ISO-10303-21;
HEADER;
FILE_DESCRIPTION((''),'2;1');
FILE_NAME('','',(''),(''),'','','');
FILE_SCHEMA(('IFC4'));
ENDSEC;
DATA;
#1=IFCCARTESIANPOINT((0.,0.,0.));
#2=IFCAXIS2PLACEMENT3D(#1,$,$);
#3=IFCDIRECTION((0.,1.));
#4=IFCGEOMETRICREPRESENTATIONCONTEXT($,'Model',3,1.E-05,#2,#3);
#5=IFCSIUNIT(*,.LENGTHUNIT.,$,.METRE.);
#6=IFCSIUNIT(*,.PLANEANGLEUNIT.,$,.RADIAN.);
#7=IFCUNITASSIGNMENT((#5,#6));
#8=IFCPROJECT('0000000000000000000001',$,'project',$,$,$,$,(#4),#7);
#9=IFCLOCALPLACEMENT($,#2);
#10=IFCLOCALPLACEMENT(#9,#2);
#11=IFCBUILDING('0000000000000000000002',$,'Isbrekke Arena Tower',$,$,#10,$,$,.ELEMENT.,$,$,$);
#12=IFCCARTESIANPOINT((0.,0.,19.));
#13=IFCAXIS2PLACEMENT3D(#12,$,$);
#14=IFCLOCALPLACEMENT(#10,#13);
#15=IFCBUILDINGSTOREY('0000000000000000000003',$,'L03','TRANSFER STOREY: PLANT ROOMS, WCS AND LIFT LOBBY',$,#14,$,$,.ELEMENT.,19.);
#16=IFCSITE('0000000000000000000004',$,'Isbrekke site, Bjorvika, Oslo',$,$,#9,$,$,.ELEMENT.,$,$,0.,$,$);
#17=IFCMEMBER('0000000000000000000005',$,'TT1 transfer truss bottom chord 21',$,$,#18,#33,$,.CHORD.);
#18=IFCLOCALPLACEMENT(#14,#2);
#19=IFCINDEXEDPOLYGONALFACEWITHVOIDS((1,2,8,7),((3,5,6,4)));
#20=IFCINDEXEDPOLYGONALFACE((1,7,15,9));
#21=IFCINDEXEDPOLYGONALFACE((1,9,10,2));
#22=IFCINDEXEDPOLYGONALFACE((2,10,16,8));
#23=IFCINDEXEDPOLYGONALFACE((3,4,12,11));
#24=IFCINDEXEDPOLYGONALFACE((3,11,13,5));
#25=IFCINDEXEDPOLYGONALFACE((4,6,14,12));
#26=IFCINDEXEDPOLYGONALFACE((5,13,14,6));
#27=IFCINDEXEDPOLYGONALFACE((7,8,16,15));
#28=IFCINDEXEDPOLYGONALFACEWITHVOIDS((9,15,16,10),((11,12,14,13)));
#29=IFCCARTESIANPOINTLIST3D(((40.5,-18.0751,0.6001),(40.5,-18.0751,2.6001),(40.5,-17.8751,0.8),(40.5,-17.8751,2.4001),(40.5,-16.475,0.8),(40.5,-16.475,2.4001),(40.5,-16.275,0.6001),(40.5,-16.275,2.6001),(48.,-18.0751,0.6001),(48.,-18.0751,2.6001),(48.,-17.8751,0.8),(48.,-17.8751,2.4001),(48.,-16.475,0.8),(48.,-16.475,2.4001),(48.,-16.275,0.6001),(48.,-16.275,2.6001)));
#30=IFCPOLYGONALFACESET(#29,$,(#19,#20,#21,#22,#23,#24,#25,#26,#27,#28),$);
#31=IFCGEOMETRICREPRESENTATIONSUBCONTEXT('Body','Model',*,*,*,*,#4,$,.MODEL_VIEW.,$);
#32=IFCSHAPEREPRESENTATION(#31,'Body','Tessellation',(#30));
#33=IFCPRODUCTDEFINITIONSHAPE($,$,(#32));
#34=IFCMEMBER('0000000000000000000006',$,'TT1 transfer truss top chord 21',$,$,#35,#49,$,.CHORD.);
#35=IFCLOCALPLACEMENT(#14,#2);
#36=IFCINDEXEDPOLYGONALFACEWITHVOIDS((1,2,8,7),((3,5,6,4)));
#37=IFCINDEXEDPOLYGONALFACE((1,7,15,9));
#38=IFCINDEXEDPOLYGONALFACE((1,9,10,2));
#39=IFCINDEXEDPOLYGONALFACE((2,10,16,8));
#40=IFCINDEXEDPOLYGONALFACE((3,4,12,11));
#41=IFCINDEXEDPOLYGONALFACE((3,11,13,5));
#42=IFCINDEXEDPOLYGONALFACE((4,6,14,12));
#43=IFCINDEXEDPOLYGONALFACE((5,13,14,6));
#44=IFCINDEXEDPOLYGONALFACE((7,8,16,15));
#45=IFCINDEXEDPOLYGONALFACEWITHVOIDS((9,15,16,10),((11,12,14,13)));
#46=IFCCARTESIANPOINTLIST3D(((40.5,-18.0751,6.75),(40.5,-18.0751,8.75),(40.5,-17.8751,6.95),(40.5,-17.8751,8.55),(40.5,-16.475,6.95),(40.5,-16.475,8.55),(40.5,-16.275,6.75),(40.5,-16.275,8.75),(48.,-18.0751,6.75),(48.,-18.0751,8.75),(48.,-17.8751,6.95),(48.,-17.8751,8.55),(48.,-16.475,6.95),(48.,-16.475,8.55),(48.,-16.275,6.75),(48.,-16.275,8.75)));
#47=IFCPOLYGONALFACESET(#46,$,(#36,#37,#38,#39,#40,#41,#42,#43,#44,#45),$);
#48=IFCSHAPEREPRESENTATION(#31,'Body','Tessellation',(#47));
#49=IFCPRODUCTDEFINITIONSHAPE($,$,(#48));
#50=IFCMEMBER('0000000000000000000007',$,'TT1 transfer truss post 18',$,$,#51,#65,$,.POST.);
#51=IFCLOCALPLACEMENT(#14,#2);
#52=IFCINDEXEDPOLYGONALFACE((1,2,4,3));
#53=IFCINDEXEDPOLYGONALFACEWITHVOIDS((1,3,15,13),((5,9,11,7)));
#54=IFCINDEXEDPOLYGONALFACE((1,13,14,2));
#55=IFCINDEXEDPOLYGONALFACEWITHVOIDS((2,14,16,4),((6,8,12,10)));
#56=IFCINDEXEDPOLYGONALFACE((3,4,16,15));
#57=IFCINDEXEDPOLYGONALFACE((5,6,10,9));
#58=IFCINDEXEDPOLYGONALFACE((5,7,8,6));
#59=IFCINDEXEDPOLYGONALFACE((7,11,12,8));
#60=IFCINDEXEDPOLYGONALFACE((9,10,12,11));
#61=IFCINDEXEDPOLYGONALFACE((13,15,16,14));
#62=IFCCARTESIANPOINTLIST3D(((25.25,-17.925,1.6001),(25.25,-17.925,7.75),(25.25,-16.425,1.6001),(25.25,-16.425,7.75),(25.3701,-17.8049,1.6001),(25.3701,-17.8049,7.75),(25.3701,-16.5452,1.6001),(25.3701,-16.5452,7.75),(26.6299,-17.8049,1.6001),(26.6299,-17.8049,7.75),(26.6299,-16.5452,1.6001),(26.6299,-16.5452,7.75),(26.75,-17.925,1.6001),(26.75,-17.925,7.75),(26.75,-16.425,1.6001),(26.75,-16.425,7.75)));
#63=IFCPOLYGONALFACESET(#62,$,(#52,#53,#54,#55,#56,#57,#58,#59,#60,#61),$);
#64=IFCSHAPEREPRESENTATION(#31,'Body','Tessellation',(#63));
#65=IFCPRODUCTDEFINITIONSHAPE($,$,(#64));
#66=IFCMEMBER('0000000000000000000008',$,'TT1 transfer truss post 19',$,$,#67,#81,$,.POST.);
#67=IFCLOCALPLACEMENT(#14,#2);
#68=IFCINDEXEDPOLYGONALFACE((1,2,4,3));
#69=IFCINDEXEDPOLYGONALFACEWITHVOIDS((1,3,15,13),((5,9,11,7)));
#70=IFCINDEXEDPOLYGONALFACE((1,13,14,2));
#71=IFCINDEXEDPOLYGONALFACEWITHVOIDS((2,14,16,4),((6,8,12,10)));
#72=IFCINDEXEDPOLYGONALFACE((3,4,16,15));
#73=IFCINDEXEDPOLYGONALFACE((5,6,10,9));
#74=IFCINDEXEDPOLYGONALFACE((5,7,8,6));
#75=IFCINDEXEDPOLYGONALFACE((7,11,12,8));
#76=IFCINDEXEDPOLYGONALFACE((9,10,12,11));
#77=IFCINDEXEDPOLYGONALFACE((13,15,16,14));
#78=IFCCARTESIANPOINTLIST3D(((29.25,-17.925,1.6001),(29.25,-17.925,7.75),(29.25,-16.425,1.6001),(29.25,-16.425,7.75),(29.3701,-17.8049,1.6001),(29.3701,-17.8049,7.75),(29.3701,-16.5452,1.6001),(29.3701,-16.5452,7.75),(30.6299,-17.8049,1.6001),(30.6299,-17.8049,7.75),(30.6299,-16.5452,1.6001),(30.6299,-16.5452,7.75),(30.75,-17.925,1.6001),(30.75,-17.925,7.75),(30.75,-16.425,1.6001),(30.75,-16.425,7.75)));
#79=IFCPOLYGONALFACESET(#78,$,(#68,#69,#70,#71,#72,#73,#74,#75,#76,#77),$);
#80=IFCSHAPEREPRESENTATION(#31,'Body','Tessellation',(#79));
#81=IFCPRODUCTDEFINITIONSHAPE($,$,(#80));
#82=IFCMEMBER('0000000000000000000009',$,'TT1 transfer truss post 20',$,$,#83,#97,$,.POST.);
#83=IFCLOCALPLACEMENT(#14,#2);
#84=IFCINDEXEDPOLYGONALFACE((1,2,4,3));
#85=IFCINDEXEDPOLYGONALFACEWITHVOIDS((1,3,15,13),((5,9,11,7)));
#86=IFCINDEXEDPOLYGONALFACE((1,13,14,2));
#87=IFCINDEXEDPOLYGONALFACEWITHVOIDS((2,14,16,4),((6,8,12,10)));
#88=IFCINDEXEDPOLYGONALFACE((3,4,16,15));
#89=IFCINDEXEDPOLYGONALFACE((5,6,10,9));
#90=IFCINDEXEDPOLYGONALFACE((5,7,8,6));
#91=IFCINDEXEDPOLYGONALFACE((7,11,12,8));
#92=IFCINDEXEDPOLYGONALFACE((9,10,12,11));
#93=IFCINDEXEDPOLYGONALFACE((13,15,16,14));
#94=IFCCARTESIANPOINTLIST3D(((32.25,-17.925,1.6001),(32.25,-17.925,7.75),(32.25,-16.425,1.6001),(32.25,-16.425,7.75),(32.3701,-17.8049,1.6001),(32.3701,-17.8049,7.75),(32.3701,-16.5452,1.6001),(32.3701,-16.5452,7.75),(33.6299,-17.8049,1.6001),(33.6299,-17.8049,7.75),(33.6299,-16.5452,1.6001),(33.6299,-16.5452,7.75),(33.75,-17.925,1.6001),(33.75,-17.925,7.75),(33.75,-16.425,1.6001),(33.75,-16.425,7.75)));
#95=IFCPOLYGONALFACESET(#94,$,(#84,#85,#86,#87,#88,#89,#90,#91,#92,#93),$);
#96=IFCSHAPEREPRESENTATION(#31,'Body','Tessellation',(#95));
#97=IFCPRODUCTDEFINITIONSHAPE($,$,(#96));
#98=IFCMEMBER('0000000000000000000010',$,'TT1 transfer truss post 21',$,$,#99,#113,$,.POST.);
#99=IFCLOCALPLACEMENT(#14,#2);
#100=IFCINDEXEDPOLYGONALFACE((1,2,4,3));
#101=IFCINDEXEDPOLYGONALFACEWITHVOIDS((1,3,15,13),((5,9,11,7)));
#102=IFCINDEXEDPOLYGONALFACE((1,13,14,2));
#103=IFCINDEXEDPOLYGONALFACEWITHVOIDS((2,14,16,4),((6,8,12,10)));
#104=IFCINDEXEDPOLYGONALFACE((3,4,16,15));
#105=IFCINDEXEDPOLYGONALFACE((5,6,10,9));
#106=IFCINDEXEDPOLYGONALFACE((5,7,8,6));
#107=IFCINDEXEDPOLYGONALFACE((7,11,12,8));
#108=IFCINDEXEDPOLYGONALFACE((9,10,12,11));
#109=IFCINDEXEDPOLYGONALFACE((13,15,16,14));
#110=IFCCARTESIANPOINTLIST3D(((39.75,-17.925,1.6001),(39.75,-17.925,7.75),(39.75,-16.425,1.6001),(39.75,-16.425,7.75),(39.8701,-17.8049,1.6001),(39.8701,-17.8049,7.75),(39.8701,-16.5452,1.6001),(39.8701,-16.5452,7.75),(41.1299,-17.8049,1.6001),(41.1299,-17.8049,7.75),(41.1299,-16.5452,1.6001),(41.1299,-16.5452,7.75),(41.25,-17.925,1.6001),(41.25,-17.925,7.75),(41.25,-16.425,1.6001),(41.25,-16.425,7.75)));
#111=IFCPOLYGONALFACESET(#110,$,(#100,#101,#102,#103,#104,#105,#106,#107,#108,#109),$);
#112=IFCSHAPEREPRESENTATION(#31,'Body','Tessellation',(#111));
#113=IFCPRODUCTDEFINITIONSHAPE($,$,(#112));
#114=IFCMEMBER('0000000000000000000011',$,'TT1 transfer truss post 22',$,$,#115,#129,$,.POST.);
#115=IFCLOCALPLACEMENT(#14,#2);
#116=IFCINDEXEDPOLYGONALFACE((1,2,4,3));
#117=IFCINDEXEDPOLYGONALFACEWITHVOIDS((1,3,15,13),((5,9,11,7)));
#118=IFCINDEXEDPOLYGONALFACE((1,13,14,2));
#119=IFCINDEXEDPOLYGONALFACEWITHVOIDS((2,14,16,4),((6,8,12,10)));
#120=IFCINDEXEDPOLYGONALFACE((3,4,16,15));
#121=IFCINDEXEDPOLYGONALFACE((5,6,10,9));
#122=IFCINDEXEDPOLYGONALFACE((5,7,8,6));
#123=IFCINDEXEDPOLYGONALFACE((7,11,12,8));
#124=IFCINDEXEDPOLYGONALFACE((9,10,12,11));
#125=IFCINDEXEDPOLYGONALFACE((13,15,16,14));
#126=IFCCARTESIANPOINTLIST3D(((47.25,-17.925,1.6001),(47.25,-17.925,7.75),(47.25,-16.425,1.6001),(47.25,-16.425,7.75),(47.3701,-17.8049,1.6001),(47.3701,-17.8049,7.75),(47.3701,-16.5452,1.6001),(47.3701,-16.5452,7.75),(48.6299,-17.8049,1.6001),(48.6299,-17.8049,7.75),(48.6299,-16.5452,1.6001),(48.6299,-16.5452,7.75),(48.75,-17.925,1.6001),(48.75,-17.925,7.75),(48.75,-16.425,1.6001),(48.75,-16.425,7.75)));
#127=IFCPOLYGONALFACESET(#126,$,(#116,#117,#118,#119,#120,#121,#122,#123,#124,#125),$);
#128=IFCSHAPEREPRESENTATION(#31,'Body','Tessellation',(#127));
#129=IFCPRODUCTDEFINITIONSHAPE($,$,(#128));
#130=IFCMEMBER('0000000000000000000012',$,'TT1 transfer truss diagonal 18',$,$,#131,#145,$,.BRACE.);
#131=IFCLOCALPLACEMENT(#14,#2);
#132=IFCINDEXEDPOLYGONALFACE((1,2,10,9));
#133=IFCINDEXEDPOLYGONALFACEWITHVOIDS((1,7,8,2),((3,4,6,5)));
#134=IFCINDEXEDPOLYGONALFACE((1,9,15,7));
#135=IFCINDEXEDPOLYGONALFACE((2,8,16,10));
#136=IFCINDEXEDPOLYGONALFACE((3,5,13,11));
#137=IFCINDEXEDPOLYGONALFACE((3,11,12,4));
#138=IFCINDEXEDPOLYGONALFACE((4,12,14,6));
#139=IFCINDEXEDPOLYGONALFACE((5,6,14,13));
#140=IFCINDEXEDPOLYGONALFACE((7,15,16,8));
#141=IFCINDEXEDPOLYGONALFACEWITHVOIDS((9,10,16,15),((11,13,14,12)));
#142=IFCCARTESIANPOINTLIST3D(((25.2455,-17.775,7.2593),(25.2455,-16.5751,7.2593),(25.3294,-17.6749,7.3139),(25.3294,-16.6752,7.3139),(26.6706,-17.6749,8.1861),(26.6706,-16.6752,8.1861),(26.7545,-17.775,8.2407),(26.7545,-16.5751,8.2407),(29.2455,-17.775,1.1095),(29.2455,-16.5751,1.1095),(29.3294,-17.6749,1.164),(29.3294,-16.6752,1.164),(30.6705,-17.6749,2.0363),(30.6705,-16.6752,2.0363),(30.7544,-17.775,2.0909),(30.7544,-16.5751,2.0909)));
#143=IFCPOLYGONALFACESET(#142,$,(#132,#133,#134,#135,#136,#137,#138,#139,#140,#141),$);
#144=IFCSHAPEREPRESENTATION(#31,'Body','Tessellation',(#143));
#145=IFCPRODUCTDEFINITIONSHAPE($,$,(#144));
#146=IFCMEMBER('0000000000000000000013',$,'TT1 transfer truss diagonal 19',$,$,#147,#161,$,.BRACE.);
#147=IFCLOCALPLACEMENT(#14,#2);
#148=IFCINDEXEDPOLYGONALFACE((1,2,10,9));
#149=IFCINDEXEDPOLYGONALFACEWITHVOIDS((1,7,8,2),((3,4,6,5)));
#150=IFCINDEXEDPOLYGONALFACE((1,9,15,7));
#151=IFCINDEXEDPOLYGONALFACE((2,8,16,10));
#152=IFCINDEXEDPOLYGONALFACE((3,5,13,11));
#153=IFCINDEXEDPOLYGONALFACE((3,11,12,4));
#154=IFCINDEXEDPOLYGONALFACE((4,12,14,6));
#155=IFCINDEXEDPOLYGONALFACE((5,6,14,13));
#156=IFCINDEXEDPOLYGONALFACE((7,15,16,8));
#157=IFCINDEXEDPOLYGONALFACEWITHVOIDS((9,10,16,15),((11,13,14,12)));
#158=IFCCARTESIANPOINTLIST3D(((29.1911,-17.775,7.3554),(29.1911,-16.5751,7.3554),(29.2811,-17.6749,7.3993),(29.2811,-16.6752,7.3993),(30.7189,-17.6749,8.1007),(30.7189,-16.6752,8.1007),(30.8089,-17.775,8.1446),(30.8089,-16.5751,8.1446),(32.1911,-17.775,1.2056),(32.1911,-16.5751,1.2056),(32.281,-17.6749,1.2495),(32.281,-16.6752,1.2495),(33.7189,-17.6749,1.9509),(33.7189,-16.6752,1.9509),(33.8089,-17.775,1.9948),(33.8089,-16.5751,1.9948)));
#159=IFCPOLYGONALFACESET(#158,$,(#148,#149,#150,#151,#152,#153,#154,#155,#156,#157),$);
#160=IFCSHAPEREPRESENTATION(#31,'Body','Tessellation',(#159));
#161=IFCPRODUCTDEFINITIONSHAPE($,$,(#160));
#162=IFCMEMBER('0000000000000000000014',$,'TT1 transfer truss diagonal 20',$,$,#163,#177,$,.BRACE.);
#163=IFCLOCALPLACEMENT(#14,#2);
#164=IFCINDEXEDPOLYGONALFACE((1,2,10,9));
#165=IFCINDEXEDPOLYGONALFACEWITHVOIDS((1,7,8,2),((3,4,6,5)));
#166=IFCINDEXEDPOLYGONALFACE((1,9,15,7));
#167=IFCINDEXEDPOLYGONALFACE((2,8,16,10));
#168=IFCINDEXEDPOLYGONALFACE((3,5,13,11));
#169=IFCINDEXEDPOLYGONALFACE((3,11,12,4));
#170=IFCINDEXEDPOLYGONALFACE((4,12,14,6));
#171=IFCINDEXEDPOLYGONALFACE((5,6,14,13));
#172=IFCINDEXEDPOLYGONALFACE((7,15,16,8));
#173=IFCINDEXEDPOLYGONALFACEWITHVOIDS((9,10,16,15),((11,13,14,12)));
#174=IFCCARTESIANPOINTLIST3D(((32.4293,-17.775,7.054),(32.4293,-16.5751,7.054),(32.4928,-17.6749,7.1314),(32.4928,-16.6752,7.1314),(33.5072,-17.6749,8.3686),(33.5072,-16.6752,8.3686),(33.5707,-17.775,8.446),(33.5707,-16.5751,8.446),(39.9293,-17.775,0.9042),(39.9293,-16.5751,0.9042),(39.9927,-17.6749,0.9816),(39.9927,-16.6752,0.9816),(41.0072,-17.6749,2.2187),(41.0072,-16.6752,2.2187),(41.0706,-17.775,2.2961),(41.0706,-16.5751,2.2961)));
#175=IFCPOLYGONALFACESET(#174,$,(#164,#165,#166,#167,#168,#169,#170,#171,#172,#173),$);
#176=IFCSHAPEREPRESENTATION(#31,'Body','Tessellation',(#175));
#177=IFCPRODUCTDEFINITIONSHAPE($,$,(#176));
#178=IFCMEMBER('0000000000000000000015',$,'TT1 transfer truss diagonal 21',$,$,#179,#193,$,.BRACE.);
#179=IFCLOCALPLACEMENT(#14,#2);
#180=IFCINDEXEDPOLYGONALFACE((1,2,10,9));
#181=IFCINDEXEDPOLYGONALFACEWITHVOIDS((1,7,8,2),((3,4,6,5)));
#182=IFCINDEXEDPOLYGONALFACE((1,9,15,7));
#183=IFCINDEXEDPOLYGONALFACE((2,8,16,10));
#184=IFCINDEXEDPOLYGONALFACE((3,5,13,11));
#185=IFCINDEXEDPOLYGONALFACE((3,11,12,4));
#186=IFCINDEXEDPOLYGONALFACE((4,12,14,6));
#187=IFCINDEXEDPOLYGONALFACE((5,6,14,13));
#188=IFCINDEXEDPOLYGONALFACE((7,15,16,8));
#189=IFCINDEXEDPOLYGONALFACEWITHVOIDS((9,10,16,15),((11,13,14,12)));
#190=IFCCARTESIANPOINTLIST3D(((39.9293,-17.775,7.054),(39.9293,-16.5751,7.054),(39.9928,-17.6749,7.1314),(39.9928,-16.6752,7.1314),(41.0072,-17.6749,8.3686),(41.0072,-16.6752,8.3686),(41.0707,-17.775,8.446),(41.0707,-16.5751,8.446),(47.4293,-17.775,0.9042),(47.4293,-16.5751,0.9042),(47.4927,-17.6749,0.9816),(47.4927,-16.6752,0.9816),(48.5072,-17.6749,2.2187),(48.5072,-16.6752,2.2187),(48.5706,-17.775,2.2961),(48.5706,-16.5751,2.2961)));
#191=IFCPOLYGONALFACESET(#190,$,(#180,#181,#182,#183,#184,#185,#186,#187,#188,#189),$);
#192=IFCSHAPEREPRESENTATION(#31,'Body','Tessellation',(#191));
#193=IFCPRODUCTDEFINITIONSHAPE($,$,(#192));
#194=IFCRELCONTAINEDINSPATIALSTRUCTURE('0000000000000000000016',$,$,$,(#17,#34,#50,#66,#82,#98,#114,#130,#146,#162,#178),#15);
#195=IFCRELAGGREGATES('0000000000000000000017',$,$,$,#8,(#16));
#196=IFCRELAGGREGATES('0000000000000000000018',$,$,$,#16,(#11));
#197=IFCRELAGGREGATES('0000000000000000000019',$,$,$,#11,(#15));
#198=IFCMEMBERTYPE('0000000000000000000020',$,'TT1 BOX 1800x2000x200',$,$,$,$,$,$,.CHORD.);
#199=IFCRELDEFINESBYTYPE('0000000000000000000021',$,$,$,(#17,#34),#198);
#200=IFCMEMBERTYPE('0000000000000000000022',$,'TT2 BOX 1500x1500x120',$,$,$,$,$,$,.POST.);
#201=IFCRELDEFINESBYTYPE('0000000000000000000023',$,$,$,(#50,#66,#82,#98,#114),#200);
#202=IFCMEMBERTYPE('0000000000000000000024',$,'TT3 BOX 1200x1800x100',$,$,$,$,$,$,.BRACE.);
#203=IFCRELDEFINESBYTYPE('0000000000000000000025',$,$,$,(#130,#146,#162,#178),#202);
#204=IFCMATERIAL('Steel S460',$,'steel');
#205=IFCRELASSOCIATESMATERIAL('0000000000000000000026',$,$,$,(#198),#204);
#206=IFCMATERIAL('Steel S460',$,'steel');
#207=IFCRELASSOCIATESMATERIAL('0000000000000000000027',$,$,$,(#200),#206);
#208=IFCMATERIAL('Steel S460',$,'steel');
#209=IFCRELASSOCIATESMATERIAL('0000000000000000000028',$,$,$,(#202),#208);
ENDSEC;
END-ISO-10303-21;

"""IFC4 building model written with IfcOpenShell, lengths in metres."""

from ifc_helpers import new_model, si_unit, direction, frame, origin, origin_2d, place, context, subcontext, project, spatial, hollow_rectangle, extrude, material, material_profile, profile_set, type_object, element, save


model = new_model("IFC4")

# Units and contexts
model_context = context("Model", 3, precision=1e-05, world=origin(), true_north=direction((0.0, 1.0)))
body_context = subcontext(model_context, "Body", "Model", "MODEL_VIEW")
ifc_project = project(units=[si_unit("LENGTHUNIT", "METRE"), si_unit("PLANEANGLEUNIT", "RADIAN")], contexts=[model_context])

# Site, building, storey
site_placement = place(None, origin())
site = spatial("IfcSite", under=ifc_project, at=site_placement, Name="Isbrekke site, Bjorvika, Oslo", CompositionType="ELEMENT", RefElevation=0.0)
building_placement = place(site_placement, origin())
building = spatial("IfcBuilding", under=site, at=building_placement, Name="Isbrekke Arena Tower", CompositionType="ELEMENT")
storey_placement = place(building_placement, frame((0.0, 0.0, 19.0)))
storey = spatial("IfcBuildingStorey", under=building, at=storey_placement, Name="L03", Description="TRANSFER STOREY: PLANT ROOMS, WCS AND LIFT LOBBY", CompositionType="ELEMENT", Elevation=19.0)

# Members
ifc_material_1 = material(Name="Steel S460", Category="steel")
ifc_material_profile_1 = material_profile(ifc_material_1, hollow_rectangle(XDim=1.8, YDim=2.0, WallThickness=0.2, at=origin_2d()), Name="BOX 1800x2000x200")
ifc_profile_set_1 = profile_set([ifc_material_profile_1], Name="Steel S460")
member_type_1 = type_object("IfcMemberType", Name="TT1 BOX 1800x2000x200", PredefinedType="CHORD", material=ifc_profile_set_1)
for number, where, z_axis, x_axis, name in (
    (1, (40.5, -17.175, 1.6001), (1.0, 0.0, 0.0), (0.0, 1.0, 0.0), "TT1 transfer truss bottom chord 21"),
    (2, (40.5, -17.175, 7.75), (1.0, 0.0, 0.0), (0.0, 1.0, 0.0), "TT1 transfer truss top chord 21"),
):
    element("IfcMember", number, at=place(storey_placement, frame(where, z_axis=z_axis, x_axis=x_axis)), inside=storey, type_object=member_type_1, Name=name, PredefinedType="CHORD", context=body_context, shape_type="SweptSolid", body=[
        extrude(hollow_rectangle(XDim=1.8, YDim=2.0, WallThickness=0.2, at=origin_2d()), origin(), (0.0, 0.0, 1.0), 7.5),
    ])
ifc_material_2 = material(Name="Steel S460", Category="steel")
ifc_material_profile_2 = material_profile(ifc_material_2, hollow_rectangle(XDim=1.5, YDim=1.5, WallThickness=0.1201, at=origin_2d()), Name="BOX 1500x1500x120")
ifc_profile_set_2 = profile_set([ifc_material_profile_2], Name="Steel S460")
member_type_2 = type_object("IfcMemberType", Name="TT2 BOX 1500x1500x120", PredefinedType="POST", material=ifc_profile_set_2)
for number, where, z_axis, x_axis, name in (
    (3, (26.0, -17.175, 1.6001), (0.0, 0.0, 1.0), (1.0, 0.0, 0.0), "TT1 transfer truss post 18"),
    (4, (30.0, -17.175, 1.6001), (0.0, 0.0, 1.0), (1.0, 0.0, 0.0), "TT1 transfer truss post 19"),
    (5, (33.0, -17.175, 1.6001), (0.0, 0.0, 1.0), (1.0, 0.0, 0.0), "TT1 transfer truss post 20"),
    (6, (40.5, -17.175, 1.6001), (0.0, 0.0, 1.0), (1.0, 0.0, 0.0), "TT1 transfer truss post 21"),
    (7, (48.0, -17.175, 1.6001), (0.0, 0.0, 1.0), (1.0, 0.0, 0.0), "TT1 transfer truss post 22"),
):
    element("IfcMember", number, at=place(storey_placement, frame(where, z_axis=z_axis, x_axis=x_axis)), inside=storey, type_object=member_type_2, Name=name, PredefinedType="POST", context=body_context, shape_type="SweptSolid", body=[
        extrude(hollow_rectangle(XDim=1.5, YDim=1.5, WallThickness=0.1201, at=origin_2d()), origin(), (0.0, 0.0, 1.0), 6.1499),
    ])
ifc_material_3 = material(Name="Steel S460", Category="steel")
ifc_material_profile_3 = material_profile(ifc_material_3, hollow_rectangle(XDim=1.2, YDim=1.8, WallThickness=0.1001, at=origin_2d()), Name="BOX 1200x1800x100")
ifc_profile_set_3 = profile_set([ifc_material_profile_3], Name="Steel S460")
member_type_3 = type_object("IfcMemberType", Name="TT3 BOX 1200x1800x100", PredefinedType="BRACE", material=ifc_profile_set_3)
member_1_placement = place(storey_placement, frame((26.0, -17.175, 7.75), z_axis=(0.545234, 0.0, -0.838284), x_axis=(0.0, 1.0, 0.0)))
element("IfcMember", 8, at=member_1_placement, inside=storey, type_object=member_type_3, Name="TT1 transfer truss diagonal 18", PredefinedType="BRACE", context=body_context, shape_type="SweptSolid", body=[
    extrude(hollow_rectangle(XDim=1.2, YDim=1.8, WallThickness=0.1001, at=origin_2d()), origin(), (0.0, 0.0, 1.0), 7.3362),
])
member_2_placement = place(storey_placement, frame((30.0, -17.175, 7.75), z_axis=(0.438429, 0.0, -0.898766), x_axis=(0.0, 1.0, 0.0)))
element("IfcMember", 9, at=member_2_placement, inside=storey, type_object=member_type_3, Name="TT1 transfer truss diagonal 19", PredefinedType="BRACE", context=body_context, shape_type="SweptSolid", body=[
    extrude(hollow_rectangle(XDim=1.2, YDim=1.8, WallThickness=0.1001, at=origin_2d()), origin(), (0.0, 0.0, 1.0), 6.8425),
])
for number, where, z_axis, x_axis, name in (
    (10, (33.0, -17.175, 7.75), (0.773273, 0.0, -0.634074), (0.0, 1.0, 0.0), "TT1 transfer truss diagonal 20"),
    (11, (40.5, -17.175, 7.75), (0.773273, 0.0, -0.634074), (0.0, 1.0, 0.0), "TT1 transfer truss diagonal 21"),
):
    element("IfcMember", number, at=place(storey_placement, frame(where, z_axis=z_axis, x_axis=x_axis)), inside=storey, type_object=member_type_3, Name=name, PredefinedType="BRACE", context=body_context, shape_type="SweptSolid", body=[
        extrude(hollow_rectangle(XDim=1.2, YDim=1.8, WallThickness=0.1001, at=origin_2d()), origin(), (0.0, 0.0, 1.0), 9.699),
    ])

save(model, "model.ifc")
